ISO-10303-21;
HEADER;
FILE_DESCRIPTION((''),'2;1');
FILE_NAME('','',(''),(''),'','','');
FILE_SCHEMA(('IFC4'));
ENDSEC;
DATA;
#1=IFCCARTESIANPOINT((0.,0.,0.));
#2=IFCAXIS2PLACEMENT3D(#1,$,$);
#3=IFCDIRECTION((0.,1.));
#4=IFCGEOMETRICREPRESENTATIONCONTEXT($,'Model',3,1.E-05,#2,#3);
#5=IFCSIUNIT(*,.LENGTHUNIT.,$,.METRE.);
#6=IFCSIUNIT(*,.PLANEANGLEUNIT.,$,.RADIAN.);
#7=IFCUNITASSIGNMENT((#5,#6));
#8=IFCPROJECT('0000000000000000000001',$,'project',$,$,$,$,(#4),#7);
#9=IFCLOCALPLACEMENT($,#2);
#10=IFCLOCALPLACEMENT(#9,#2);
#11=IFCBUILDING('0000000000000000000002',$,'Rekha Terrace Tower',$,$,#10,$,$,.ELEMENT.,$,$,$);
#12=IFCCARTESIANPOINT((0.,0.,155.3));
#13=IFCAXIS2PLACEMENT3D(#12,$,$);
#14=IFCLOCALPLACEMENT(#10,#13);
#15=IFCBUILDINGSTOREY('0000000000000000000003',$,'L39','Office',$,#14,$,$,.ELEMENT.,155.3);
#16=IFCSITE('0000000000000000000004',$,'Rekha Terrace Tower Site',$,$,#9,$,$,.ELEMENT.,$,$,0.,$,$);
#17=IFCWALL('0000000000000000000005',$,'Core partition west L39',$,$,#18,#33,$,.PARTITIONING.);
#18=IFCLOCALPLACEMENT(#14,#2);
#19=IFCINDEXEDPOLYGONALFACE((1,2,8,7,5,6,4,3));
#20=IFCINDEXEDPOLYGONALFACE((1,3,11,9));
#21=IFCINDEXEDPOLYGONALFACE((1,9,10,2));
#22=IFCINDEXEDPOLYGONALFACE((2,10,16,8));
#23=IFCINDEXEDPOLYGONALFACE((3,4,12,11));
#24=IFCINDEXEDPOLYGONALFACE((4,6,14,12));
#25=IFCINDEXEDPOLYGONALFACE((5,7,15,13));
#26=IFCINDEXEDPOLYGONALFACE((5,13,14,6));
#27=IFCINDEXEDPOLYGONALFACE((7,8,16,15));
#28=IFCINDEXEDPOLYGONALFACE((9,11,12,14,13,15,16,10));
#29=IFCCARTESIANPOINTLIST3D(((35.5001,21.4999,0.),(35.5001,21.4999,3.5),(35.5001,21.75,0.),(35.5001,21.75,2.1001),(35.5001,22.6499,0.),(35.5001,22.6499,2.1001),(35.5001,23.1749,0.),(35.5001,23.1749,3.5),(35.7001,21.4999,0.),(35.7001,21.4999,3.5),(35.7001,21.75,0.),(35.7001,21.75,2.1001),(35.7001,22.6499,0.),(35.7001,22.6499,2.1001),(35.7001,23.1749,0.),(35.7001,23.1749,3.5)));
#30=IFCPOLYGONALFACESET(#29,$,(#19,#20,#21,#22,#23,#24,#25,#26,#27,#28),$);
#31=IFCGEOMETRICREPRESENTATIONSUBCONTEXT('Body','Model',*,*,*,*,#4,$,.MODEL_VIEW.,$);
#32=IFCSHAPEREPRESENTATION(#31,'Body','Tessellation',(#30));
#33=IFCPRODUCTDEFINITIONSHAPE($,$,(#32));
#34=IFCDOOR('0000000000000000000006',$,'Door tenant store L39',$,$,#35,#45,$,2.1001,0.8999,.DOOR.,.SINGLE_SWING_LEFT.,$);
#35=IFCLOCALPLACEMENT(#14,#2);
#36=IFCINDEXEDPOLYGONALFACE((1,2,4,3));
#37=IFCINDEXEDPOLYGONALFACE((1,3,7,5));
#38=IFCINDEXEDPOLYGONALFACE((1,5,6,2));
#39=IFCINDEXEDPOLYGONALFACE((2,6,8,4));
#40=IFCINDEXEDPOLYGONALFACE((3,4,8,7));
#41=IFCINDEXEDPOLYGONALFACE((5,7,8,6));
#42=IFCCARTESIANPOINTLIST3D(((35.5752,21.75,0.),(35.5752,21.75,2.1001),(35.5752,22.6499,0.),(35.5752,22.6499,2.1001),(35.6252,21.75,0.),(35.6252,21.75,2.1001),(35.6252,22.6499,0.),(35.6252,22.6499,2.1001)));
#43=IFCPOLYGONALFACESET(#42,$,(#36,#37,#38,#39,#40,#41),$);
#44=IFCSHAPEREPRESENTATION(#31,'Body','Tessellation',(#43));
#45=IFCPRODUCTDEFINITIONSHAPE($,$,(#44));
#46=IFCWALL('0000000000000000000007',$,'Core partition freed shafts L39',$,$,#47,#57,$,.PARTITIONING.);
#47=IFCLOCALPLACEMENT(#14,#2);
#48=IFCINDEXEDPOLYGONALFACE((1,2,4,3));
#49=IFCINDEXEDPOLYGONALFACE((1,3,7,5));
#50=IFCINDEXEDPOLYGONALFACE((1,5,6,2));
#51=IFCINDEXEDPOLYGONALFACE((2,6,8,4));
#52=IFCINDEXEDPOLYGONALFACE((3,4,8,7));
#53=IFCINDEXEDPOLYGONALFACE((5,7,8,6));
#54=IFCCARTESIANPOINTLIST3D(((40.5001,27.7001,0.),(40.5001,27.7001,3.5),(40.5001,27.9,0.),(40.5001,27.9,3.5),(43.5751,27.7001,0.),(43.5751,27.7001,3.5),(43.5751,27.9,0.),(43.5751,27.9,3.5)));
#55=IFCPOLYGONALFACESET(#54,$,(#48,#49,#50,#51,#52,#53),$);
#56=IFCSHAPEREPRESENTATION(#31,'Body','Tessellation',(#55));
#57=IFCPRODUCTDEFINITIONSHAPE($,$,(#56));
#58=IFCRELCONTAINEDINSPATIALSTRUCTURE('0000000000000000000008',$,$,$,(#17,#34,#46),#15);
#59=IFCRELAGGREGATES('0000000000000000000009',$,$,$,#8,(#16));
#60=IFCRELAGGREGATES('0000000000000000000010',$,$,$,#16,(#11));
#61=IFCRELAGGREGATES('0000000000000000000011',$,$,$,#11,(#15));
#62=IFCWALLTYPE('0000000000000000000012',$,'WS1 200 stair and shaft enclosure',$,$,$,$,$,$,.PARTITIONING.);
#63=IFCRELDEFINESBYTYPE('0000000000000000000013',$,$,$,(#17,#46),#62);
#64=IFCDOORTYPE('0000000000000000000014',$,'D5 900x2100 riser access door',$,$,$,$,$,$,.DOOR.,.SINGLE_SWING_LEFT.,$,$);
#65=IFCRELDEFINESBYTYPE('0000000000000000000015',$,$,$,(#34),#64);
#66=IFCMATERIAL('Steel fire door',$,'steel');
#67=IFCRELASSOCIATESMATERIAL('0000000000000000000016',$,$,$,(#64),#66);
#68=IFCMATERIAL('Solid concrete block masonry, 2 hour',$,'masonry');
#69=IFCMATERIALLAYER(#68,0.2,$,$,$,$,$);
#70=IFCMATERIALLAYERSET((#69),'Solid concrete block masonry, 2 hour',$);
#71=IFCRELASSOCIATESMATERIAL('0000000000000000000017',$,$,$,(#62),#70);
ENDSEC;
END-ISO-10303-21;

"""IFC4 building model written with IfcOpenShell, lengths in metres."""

from ifc_helpers import new_model, si_unit, direction, frame, frame_2d, origin, place, context, subcontext, project, spatial, rectangle, extrude, material, layer, layer_set, type_object, element, fill, save


model = new_model("IFC4")

# Units and contexts
model_context = context("Model", 3, precision=1e-05, world=origin(), true_north=direction((0.0, 1.0)))
body_context = subcontext(model_context, "Body", "Model", "MODEL_VIEW")
ifc_project = project(units=[si_unit("LENGTHUNIT", "METRE"), si_unit("PLANEANGLEUNIT", "RADIAN")], contexts=[model_context])

# Site, building, storey
site_placement = place(None, origin())
site = spatial("IfcSite", under=ifc_project, at=site_placement, Name="Rekha Terrace Tower Site", CompositionType="ELEMENT", RefElevation=0.0)
building_placement = place(site_placement, origin())
building = spatial("IfcBuilding", under=site, at=building_placement, Name="Rekha Terrace Tower", CompositionType="ELEMENT")
storey_placement = place(building_placement, frame((0.0, 0.0, 155.3)))
storey = spatial("IfcBuildingStorey", under=building, at=storey_placement, Name="L39", Description="Office", CompositionType="ELEMENT", Elevation=155.3)

# Shared definitions
ifc_material_1 = material(Name="Steel fire door", Category="steel")
door_type_1 = type_object("IfcDoorType", Name="D5 900x2100 riser access door", OperationType="SINGLE_SWING_LEFT", PredefinedType="DOOR", material=ifc_material_1)

# Shared definitions
ifc_material_2 = material(Name="Solid concrete block masonry, 2 hour", Category="masonry")
ifc_layer_1 = layer(ifc_material_2, 0.2)
ifc_layer_set_1 = layer_set([ifc_layer_1], Name="Solid concrete block masonry, 2 hour")
wall_type_1 = type_object("IfcWallType", Name="WS1 200 stair and shaft enclosure", PredefinedType="PARTITIONING", material=ifc_layer_set_1)

# Wall, opening, door
wall_1_placement = place(storey_placement, frame((35.6001, 21.5, 0.0), z_axis=(0.0, 0.0, 1.0), x_axis=(0.0, 1.0, 0.0)))
wall_1 = element("IfcWall", 1, at=wall_1_placement, inside=storey, type_object=wall_type_1, Name="Core partition west L39", PredefinedType="PARTITIONING", context=body_context, shape_type="SweptSolid", body=[
    extrude(rectangle(XDim=1.675, YDim=0.2, at=frame_2d((0.8374, 0.0))), origin(), (0.0, 0.0, 1.0), 3.5),
])
opening_1_placement = place(wall_1_placement, frame((0.25, 0.0, 0.0)))
opening_1 = element("IfcOpeningElement", 2, at=opening_1_placement, cuts=wall_1, PredefinedType="OPENING", context=body_context, shape_type="SweptSolid", body=[
    extrude(rectangle(XDim=0.8999, YDim=2.1001, at=frame_2d((0.45, 1.05))), frame((0.0, 0.1099, 0.0), z_axis=(0.0, -1.0, 0.0), x_axis=(1.0, 0.0, 0.0)), (0.0, 0.0, 1.0), 0.22),
])
door_1_placement = place(opening_1_placement, origin())
door_1 = element("IfcDoor", 3, at=door_1_placement, inside=storey, type_object=door_type_1, Name="Door tenant store L39", OperationType="SINGLE_SWING_LEFT", OverallHeight=2.1001, OverallWidth=0.8999, PredefinedType="DOOR", context=body_context, shape_type="SweptSolid", body=[
    extrude(rectangle(XDim=0.8999, YDim=2.1001, at=frame_2d((0.45, 1.05))), frame((0.0, 0.0249, 0.0), z_axis=(0.0, -1.0, 0.0), x_axis=(1.0, 0.0, 0.0)), (0.0, 0.0, 1.0), 0.05),
])
fill(opening_1, door_1)

# Wall
wall_2_placement = place(storey_placement, frame((40.5, 27.8, 0.0), z_axis=(0.0, 0.0, 1.0), x_axis=(1.0, 0.0, 0.0)))
element("IfcWall", 4, at=wall_2_placement, inside=storey, type_object=wall_type_1, Name="Core partition freed shafts L39", PredefinedType="PARTITIONING", context=body_context, shape_type="SweptSolid", body=[
    extrude(rectangle(XDim=3.075, YDim=0.2, at=frame_2d((1.5376, 0.0))), origin(), (0.0, 0.0, 1.0), 3.5),
])

save(model, "model.ifc")
